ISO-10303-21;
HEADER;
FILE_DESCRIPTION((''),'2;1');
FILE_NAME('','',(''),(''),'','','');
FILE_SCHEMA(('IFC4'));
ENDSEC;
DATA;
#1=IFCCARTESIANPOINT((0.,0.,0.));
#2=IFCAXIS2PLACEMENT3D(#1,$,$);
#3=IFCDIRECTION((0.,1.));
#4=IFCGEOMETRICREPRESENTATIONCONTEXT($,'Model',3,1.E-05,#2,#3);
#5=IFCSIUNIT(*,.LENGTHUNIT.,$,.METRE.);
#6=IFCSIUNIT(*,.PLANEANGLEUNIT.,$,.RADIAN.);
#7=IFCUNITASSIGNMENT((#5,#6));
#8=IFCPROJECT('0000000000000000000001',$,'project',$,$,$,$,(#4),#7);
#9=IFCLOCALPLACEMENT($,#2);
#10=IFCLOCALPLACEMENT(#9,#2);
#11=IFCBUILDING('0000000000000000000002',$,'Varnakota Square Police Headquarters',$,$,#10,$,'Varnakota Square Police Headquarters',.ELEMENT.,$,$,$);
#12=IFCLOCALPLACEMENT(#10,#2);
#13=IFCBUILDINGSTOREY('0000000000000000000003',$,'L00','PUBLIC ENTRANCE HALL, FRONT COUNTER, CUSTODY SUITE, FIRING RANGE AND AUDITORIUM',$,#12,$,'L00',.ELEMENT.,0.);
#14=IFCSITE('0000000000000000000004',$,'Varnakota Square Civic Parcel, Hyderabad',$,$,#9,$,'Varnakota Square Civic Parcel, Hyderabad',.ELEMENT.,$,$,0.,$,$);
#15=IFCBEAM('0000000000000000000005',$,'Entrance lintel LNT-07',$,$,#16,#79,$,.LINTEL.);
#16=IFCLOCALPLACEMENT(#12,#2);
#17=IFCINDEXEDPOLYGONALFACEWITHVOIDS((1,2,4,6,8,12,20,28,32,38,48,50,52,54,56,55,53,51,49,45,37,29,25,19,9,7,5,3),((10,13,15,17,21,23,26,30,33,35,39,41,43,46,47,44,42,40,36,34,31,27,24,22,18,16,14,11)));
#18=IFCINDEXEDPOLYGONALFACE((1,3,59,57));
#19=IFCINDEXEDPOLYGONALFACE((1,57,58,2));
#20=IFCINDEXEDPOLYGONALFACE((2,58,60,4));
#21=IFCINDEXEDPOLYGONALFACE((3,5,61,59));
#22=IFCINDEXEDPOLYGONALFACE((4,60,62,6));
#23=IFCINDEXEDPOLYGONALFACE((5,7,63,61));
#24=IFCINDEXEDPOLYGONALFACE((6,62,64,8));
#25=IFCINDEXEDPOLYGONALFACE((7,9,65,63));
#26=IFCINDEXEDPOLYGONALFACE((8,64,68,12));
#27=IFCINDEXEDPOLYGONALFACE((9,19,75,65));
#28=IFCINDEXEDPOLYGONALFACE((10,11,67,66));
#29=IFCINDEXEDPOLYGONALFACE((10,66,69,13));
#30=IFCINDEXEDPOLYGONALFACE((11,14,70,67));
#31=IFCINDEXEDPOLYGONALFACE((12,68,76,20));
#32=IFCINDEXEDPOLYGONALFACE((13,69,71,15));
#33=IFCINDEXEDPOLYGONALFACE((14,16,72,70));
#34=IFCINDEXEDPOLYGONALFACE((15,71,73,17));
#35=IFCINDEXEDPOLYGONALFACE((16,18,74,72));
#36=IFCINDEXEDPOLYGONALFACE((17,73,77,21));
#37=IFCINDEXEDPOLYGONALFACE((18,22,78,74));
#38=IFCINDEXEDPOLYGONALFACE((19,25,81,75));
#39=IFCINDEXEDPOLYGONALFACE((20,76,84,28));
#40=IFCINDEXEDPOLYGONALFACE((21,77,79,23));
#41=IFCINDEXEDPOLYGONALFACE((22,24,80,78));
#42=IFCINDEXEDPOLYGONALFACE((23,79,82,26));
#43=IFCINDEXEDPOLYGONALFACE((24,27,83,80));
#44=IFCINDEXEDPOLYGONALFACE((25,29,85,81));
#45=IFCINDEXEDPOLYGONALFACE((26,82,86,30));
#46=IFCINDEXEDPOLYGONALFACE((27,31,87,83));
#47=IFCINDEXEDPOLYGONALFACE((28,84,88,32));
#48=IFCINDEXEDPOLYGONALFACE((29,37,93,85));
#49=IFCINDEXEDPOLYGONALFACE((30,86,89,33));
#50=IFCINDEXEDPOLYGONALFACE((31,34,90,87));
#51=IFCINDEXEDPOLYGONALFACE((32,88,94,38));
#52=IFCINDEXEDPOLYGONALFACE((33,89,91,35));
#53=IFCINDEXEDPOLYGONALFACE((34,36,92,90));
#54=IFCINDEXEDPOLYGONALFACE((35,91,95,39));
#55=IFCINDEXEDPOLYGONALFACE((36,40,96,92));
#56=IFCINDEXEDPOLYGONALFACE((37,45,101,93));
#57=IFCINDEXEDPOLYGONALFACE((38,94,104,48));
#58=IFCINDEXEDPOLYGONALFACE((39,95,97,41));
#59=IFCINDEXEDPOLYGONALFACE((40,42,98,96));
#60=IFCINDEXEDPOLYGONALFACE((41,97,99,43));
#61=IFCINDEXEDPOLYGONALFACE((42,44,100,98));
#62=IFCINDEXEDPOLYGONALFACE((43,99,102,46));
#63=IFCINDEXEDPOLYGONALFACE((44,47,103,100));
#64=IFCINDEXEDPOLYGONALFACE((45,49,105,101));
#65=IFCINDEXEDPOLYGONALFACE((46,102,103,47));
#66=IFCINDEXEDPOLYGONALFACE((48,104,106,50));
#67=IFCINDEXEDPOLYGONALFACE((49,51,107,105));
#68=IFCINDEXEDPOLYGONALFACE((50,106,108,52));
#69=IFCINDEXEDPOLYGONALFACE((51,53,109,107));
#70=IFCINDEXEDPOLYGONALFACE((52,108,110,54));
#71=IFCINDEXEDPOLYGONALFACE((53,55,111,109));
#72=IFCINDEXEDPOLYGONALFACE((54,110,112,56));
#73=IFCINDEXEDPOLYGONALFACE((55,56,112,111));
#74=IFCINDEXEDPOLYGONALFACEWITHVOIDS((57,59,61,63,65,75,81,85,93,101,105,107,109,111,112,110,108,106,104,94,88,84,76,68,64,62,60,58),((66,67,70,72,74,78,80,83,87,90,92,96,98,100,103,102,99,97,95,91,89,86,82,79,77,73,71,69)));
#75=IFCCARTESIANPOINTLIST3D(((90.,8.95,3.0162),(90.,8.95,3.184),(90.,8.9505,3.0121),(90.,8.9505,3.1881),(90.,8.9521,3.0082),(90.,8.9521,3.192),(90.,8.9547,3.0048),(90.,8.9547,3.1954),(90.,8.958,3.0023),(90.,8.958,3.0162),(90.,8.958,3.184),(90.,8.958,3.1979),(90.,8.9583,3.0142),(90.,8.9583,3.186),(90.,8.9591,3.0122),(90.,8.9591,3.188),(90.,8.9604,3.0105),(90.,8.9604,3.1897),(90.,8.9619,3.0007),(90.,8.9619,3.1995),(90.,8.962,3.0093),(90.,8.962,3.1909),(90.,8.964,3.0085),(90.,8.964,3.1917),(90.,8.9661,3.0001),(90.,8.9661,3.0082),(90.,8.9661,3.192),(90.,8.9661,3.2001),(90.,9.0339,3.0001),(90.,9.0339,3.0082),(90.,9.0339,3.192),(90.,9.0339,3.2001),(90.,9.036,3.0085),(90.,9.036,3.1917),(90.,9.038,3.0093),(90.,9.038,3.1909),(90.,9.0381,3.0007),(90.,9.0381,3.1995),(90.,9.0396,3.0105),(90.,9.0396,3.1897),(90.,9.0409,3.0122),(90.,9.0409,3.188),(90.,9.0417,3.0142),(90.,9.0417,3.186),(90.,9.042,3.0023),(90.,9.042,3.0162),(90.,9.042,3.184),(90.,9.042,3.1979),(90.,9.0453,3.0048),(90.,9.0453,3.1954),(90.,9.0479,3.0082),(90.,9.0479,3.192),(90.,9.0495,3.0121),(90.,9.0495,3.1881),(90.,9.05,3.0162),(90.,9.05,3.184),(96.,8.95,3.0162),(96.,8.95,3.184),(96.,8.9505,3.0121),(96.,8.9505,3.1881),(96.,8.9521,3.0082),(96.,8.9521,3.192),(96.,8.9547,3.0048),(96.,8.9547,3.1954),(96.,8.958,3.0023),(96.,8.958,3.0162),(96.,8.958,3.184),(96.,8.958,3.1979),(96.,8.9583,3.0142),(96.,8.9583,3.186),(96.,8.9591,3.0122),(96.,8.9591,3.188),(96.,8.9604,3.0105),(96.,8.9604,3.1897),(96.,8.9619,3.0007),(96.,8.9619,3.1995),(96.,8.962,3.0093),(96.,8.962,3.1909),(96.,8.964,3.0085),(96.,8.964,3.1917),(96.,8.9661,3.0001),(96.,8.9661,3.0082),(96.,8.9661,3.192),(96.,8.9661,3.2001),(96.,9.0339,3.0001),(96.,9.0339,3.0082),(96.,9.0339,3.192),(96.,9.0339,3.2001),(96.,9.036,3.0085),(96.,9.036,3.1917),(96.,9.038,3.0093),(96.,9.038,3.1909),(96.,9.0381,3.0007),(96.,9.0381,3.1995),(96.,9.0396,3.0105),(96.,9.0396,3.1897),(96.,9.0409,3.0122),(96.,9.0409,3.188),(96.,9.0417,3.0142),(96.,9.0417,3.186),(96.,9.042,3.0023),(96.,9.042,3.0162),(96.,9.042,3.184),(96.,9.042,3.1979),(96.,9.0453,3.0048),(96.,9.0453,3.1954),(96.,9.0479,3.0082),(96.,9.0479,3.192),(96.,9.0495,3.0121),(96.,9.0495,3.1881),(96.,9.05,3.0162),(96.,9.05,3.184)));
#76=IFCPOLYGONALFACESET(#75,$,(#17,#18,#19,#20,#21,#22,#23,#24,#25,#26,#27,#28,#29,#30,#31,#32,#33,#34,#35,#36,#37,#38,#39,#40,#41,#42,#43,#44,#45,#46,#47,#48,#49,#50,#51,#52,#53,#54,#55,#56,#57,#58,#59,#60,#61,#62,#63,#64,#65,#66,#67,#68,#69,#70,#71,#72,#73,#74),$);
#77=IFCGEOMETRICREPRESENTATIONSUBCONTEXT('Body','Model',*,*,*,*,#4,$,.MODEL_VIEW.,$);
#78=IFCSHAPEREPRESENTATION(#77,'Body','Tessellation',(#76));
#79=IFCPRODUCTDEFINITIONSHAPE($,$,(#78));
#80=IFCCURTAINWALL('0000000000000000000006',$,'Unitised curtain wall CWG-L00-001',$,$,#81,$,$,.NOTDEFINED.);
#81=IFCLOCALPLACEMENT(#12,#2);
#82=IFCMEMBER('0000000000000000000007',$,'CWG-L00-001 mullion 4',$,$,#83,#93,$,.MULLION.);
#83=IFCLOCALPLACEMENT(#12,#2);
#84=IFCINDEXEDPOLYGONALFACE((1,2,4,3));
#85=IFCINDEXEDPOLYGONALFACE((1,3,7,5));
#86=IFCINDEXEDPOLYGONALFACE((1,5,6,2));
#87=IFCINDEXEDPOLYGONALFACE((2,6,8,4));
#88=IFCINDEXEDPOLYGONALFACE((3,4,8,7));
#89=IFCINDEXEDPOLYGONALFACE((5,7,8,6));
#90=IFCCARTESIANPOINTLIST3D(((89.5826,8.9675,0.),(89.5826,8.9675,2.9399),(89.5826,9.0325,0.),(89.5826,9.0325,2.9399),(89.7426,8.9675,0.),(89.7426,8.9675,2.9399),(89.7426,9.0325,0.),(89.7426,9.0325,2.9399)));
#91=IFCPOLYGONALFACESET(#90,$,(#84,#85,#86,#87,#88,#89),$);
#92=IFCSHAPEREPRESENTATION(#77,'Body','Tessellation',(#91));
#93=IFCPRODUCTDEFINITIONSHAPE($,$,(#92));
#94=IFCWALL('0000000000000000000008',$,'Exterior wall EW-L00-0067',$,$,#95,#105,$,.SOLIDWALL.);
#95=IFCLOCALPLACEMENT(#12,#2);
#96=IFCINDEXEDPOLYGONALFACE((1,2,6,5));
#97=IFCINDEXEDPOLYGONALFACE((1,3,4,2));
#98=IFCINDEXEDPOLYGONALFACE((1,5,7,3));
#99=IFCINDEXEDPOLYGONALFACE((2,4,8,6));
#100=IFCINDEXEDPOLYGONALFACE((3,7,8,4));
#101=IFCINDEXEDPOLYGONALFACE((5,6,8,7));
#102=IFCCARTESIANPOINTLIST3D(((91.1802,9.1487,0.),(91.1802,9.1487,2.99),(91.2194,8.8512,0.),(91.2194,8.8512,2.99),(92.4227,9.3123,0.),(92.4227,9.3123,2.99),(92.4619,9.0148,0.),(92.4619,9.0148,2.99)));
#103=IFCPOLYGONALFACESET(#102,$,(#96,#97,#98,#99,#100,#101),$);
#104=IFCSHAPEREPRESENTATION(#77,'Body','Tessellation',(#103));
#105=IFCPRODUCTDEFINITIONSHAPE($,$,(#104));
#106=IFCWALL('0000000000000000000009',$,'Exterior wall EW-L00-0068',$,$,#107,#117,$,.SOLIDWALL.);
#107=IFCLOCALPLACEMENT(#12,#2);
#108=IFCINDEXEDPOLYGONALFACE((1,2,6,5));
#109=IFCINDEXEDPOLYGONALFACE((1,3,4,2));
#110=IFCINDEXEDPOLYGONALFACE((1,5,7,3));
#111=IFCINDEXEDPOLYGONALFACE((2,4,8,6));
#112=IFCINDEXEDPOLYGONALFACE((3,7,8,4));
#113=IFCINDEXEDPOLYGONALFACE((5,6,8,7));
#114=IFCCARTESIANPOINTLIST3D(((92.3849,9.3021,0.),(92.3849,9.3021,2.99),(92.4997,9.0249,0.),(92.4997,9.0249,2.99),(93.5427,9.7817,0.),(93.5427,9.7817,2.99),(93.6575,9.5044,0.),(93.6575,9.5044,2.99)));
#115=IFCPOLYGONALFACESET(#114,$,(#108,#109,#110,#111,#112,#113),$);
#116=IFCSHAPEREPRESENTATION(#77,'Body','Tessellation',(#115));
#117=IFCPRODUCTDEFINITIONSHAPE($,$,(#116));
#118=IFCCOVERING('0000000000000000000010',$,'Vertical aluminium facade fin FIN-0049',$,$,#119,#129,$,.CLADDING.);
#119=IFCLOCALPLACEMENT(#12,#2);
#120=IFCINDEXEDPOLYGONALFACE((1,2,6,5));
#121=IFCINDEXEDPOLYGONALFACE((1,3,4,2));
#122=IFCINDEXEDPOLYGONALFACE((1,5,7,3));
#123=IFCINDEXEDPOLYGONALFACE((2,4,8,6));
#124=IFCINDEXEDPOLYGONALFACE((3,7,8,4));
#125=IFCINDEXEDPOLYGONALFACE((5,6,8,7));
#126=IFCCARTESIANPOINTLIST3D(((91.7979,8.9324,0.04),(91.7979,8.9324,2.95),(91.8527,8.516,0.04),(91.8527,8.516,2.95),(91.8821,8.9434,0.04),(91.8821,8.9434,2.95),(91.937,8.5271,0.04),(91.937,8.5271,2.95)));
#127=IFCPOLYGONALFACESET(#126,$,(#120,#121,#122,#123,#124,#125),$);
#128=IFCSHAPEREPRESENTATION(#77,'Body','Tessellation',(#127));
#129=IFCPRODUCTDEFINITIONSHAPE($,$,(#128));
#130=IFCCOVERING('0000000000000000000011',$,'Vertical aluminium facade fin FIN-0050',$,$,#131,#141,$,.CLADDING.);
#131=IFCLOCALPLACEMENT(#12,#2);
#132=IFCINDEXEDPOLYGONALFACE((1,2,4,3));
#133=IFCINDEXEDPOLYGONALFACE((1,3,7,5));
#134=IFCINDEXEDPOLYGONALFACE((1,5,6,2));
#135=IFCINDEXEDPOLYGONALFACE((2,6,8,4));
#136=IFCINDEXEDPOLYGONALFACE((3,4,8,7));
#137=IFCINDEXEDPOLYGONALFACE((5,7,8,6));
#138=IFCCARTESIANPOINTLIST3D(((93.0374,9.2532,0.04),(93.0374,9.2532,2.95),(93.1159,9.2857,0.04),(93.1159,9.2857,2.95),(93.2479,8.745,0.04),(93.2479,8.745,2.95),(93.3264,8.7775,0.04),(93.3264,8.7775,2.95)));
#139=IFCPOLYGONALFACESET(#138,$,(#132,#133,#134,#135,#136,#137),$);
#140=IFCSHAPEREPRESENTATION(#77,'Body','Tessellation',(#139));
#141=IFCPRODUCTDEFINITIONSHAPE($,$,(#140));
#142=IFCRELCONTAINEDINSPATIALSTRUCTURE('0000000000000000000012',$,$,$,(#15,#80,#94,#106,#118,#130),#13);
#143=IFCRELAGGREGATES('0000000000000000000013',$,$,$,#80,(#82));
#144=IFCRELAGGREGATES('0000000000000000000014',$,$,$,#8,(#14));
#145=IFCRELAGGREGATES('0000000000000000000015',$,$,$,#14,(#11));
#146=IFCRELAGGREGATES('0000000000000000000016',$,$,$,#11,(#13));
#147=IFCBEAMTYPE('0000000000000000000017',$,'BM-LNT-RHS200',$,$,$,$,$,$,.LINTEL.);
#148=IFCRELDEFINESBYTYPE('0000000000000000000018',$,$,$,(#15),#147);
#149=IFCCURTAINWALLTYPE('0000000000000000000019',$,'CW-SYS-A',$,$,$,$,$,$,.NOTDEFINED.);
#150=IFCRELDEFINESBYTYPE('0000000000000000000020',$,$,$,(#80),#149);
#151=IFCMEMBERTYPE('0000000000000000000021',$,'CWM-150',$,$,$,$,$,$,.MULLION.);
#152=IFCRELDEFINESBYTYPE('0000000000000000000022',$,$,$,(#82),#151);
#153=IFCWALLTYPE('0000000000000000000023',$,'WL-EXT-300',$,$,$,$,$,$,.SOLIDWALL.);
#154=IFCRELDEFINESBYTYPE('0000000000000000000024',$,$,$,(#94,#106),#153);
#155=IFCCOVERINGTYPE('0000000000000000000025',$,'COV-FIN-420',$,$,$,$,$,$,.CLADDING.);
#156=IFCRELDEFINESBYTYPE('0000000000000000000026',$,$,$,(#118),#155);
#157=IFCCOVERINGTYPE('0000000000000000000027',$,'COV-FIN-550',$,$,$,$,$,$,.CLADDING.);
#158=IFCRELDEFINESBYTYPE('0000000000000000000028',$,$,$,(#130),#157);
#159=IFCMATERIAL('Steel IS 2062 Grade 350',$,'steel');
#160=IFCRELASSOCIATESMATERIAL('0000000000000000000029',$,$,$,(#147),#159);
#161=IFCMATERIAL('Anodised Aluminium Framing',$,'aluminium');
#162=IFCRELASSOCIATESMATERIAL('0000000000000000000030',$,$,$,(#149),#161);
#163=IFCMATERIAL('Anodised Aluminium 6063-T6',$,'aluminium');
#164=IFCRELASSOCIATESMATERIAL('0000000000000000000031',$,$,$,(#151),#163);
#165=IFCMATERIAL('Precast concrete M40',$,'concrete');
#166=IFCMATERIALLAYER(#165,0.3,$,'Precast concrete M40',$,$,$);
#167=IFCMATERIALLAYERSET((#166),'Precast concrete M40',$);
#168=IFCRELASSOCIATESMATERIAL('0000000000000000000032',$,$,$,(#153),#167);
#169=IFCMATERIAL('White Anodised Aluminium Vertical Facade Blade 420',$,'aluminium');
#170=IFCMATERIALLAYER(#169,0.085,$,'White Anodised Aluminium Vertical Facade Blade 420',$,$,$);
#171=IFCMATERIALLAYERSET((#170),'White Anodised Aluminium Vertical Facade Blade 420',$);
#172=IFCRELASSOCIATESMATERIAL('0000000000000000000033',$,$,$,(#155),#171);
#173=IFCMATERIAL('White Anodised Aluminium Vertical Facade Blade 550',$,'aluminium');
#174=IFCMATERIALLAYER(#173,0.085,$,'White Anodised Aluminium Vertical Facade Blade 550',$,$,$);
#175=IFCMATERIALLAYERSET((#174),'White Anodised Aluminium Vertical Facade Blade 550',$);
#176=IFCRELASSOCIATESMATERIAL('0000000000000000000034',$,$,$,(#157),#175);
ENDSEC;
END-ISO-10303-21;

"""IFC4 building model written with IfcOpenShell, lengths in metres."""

from ifc_helpers import new_model, si_unit, direction, frame, frame_2d, origin, origin_2d, place, context, subcontext, project, spatial, rectangle, hollow_rectangle, extrude, material, layer, layer_set, material_profile, profile_set, type_object, element, aggregate, save


model = new_model("IFC4")

# Units and contexts
model_context = context("Model", 3, precision=1e-05, world=origin(), true_north=direction((0.0, 1.0)))
body_context = subcontext(model_context, "Body", "Model", "MODEL_VIEW")
ifc_project = project(units=[si_unit("LENGTHUNIT", "METRE"), si_unit("PLANEANGLEUNIT", "RADIAN")], contexts=[model_context])

# Site, building, storey
site_placement = place(None, origin())
site = spatial("IfcSite", under=ifc_project, at=site_placement, Name="Varnakota Square Civic Parcel, Hyderabad", LongName="Varnakota Square Civic Parcel, Hyderabad", CompositionType="ELEMENT", RefElevation=0.0)
building_placement = place(site_placement, origin())
building = spatial("IfcBuilding", under=site, at=building_placement, Name="Varnakota Square Police Headquarters", LongName="Varnakota Square Police Headquarters", CompositionType="ELEMENT")
storey_placement = place(building_placement, origin())
storey = spatial("IfcBuildingStorey", under=building, at=storey_placement, Name="L00", Description="PUBLIC ENTRANCE HALL, FRONT COUNTER, CUSTODY SUITE, FIRING RANGE AND AUDITORIUM", LongName="L00", CompositionType="ELEMENT", Elevation=0.0)

# Beam
ifc_material_1 = material(Name="Steel IS 2062 Grade 350", Category="steel")
ifc_material_profile_1 = material_profile(ifc_material_1, hollow_rectangle(XDim=0.1001, YDim=0.2, WallThickness=0.0081, InnerFilletRadius=0.0081, OuterFilletRadius=0.0161, at=origin_2d()), Name="RHS 200x100x8")
ifc_profile_set_1 = profile_set([ifc_material_profile_1], Name="Steel IS 2062 Grade 350")
beam_type_1 = type_object("IfcBeamType", Name="BM-LNT-RHS200", PredefinedType="LINTEL", material=ifc_profile_set_1)
beam_1_placement = place(storey_placement, frame((90.0, 9.0, 3.1001), z_axis=(1.0, 0.0, 0.0), x_axis=(0.0, 1.0, 0.0)))
element("IfcBeam", 1, at=beam_1_placement, inside=storey, type_object=beam_type_1, Name="Entrance lintel LNT-07", PredefinedType="LINTEL", context=body_context, shape_type="SweptSolid", body=[
    extrude(hollow_rectangle(XDim=0.1001, YDim=0.2, WallThickness=0.0081, InnerFilletRadius=0.0081, OuterFilletRadius=0.0161, at=origin_2d()), origin(), (0.0, 0.0, 1.0), 6.0),
])

# Curtain wall, member
ifc_material_2 = material(Name="Anodised Aluminium Framing", Category="aluminium")
curtain_wall_type = type_object("IfcCurtainWallType", Name="CW-SYS-A", PredefinedType="NOTDEFINED", material=ifc_material_2)
curtain_wall_placement = place(storey_placement, origin())
curtain_wall = element("IfcCurtainWall", 2, at=curtain_wall_placement, inside=storey, type_object=curtain_wall_type, Name="Unitised curtain wall CWG-L00-001", PredefinedType="NOTDEFINED")
ifc_material_3 = material(Name="Anodised Aluminium 6063-T6", Category="aluminium")
ifc_material_profile_2 = material_profile(ifc_material_3, rectangle(XDim=0.0649, YDim=0.1599, at=origin_2d()), Name="ALU MULLION 65x160")
ifc_profile_set_2 = profile_set([ifc_material_profile_2], Name="Anodised Aluminium 6063-T6")
member_type = type_object("IfcMemberType", Name="CWM-150", PredefinedType="MULLION", material=ifc_profile_set_2)
member_placement = place(storey_placement, frame((89.6626, 9.0, 0.0), z_axis=(0.0, 0.0, 1.0), x_axis=(0.0, 1.0, 0.0)))
member = element("IfcMember", 3, at=member_placement, type_object=member_type, Name="CWG-L00-001 mullion 4", PredefinedType="MULLION", context=body_context, shape_type="SweptSolid", body=[
    extrude(rectangle(XDim=0.0649, YDim=0.1599, at=origin_2d()), origin(), (0.0, 0.0, 1.0), 2.9399),
])
aggregate(curtain_wall, [member])

# Walls
ifc_material_4 = material(Name="Precast concrete M40", Category="concrete")
ifc_layer_1 = layer(ifc_material_4, 0.3, Name="Precast concrete M40")
ifc_layer_set_1 = layer_set([ifc_layer_1], Name="Precast concrete M40")
wall_type = type_object("IfcWallType", Name="WL-EXT-300", PredefinedType="SOLIDWALL", material=ifc_layer_set_1)
for number, where, z_axis, x_axis, name in (
    (4, (91.2, 9.0, 0.0), (0.0, 0.0, 1.0), (0.991444, 0.13053, 0.0), "Exterior wall EW-L00-0067"),
    (5, (92.4424, 9.1636, 0.0), (0.0, 0.0, 1.0), (0.923893, 0.38265, 0.0), "Exterior wall EW-L00-0068"),
):
    element("IfcWall", number, at=place(storey_placement, frame(where, z_axis=z_axis, x_axis=x_axis)), inside=storey, type_object=wall_type, Name=name, PredefinedType="SOLIDWALL", context=body_context, shape_type="SweptSolid", body=[
        extrude(rectangle(XDim=1.2532, YDim=0.3, at=frame_2d((0.6265, 0.0))), origin(), (0.0, 0.0, 1.0), 2.99),
    ])

# Coverings
ifc_material_5 = material(Name="White Anodised Aluminium Vertical Facade Blade 420", Category="aluminium")
ifc_layer_2 = layer(ifc_material_5, 0.085, Name="White Anodised Aluminium Vertical Facade Blade 420")
ifc_layer_set_2 = layer_set([ifc_layer_2], Name="White Anodised Aluminium Vertical Facade Blade 420")
covering_type_1 = type_object("IfcCoveringType", Name="COV-FIN-420", PredefinedType="CLADDING", material=ifc_layer_set_2)
covering_1_placement = place(storey_placement, frame((91.8674, 8.7297, 0.04), z_axis=(0.0, 0.0, 1.0), x_axis=(0.991445, 0.130526, 0.0)))
element("IfcCovering", 6, at=covering_1_placement, inside=storey, type_object=covering_type_1, Name="Vertical aluminium facade fin FIN-0049", PredefinedType="CLADDING", context=body_context, shape_type="SweptSolid", body=[
    extrude(rectangle(XDim=0.085, YDim=0.4199, at=origin_2d()), origin(), (0.0, 0.0, 1.0), 2.9099),
])
ifc_material_6 = material(Name="White Anodised Aluminium Vertical Facade Blade 550", Category="aluminium")
ifc_layer_3 = layer(ifc_material_6, 0.085, Name="White Anodised Aluminium Vertical Facade Blade 550")
ifc_layer_set_3 = layer_set([ifc_layer_3], Name="White Anodised Aluminium Vertical Facade Blade 550")
covering_type_2 = type_object("IfcCoveringType", Name="COV-FIN-550", PredefinedType="CLADDING", material=ifc_layer_set_3)
covering_2_placement = place(storey_placement, frame((93.1819, 9.0154, 0.04), z_axis=(0.0, 0.0, 1.0), x_axis=(0.92388, 0.382683, 0.0)))
element("IfcCovering", 7, at=covering_2_placement, inside=storey, type_object=covering_type_2, Name="Vertical aluminium facade fin FIN-0050", PredefinedType="CLADDING", context=body_context, shape_type="SweptSolid", body=[
    extrude(rectangle(XDim=0.085, YDim=0.55, at=origin_2d()), origin(), (0.0, 0.0, 1.0), 2.9099),
])

save(model, "model.ifc")
